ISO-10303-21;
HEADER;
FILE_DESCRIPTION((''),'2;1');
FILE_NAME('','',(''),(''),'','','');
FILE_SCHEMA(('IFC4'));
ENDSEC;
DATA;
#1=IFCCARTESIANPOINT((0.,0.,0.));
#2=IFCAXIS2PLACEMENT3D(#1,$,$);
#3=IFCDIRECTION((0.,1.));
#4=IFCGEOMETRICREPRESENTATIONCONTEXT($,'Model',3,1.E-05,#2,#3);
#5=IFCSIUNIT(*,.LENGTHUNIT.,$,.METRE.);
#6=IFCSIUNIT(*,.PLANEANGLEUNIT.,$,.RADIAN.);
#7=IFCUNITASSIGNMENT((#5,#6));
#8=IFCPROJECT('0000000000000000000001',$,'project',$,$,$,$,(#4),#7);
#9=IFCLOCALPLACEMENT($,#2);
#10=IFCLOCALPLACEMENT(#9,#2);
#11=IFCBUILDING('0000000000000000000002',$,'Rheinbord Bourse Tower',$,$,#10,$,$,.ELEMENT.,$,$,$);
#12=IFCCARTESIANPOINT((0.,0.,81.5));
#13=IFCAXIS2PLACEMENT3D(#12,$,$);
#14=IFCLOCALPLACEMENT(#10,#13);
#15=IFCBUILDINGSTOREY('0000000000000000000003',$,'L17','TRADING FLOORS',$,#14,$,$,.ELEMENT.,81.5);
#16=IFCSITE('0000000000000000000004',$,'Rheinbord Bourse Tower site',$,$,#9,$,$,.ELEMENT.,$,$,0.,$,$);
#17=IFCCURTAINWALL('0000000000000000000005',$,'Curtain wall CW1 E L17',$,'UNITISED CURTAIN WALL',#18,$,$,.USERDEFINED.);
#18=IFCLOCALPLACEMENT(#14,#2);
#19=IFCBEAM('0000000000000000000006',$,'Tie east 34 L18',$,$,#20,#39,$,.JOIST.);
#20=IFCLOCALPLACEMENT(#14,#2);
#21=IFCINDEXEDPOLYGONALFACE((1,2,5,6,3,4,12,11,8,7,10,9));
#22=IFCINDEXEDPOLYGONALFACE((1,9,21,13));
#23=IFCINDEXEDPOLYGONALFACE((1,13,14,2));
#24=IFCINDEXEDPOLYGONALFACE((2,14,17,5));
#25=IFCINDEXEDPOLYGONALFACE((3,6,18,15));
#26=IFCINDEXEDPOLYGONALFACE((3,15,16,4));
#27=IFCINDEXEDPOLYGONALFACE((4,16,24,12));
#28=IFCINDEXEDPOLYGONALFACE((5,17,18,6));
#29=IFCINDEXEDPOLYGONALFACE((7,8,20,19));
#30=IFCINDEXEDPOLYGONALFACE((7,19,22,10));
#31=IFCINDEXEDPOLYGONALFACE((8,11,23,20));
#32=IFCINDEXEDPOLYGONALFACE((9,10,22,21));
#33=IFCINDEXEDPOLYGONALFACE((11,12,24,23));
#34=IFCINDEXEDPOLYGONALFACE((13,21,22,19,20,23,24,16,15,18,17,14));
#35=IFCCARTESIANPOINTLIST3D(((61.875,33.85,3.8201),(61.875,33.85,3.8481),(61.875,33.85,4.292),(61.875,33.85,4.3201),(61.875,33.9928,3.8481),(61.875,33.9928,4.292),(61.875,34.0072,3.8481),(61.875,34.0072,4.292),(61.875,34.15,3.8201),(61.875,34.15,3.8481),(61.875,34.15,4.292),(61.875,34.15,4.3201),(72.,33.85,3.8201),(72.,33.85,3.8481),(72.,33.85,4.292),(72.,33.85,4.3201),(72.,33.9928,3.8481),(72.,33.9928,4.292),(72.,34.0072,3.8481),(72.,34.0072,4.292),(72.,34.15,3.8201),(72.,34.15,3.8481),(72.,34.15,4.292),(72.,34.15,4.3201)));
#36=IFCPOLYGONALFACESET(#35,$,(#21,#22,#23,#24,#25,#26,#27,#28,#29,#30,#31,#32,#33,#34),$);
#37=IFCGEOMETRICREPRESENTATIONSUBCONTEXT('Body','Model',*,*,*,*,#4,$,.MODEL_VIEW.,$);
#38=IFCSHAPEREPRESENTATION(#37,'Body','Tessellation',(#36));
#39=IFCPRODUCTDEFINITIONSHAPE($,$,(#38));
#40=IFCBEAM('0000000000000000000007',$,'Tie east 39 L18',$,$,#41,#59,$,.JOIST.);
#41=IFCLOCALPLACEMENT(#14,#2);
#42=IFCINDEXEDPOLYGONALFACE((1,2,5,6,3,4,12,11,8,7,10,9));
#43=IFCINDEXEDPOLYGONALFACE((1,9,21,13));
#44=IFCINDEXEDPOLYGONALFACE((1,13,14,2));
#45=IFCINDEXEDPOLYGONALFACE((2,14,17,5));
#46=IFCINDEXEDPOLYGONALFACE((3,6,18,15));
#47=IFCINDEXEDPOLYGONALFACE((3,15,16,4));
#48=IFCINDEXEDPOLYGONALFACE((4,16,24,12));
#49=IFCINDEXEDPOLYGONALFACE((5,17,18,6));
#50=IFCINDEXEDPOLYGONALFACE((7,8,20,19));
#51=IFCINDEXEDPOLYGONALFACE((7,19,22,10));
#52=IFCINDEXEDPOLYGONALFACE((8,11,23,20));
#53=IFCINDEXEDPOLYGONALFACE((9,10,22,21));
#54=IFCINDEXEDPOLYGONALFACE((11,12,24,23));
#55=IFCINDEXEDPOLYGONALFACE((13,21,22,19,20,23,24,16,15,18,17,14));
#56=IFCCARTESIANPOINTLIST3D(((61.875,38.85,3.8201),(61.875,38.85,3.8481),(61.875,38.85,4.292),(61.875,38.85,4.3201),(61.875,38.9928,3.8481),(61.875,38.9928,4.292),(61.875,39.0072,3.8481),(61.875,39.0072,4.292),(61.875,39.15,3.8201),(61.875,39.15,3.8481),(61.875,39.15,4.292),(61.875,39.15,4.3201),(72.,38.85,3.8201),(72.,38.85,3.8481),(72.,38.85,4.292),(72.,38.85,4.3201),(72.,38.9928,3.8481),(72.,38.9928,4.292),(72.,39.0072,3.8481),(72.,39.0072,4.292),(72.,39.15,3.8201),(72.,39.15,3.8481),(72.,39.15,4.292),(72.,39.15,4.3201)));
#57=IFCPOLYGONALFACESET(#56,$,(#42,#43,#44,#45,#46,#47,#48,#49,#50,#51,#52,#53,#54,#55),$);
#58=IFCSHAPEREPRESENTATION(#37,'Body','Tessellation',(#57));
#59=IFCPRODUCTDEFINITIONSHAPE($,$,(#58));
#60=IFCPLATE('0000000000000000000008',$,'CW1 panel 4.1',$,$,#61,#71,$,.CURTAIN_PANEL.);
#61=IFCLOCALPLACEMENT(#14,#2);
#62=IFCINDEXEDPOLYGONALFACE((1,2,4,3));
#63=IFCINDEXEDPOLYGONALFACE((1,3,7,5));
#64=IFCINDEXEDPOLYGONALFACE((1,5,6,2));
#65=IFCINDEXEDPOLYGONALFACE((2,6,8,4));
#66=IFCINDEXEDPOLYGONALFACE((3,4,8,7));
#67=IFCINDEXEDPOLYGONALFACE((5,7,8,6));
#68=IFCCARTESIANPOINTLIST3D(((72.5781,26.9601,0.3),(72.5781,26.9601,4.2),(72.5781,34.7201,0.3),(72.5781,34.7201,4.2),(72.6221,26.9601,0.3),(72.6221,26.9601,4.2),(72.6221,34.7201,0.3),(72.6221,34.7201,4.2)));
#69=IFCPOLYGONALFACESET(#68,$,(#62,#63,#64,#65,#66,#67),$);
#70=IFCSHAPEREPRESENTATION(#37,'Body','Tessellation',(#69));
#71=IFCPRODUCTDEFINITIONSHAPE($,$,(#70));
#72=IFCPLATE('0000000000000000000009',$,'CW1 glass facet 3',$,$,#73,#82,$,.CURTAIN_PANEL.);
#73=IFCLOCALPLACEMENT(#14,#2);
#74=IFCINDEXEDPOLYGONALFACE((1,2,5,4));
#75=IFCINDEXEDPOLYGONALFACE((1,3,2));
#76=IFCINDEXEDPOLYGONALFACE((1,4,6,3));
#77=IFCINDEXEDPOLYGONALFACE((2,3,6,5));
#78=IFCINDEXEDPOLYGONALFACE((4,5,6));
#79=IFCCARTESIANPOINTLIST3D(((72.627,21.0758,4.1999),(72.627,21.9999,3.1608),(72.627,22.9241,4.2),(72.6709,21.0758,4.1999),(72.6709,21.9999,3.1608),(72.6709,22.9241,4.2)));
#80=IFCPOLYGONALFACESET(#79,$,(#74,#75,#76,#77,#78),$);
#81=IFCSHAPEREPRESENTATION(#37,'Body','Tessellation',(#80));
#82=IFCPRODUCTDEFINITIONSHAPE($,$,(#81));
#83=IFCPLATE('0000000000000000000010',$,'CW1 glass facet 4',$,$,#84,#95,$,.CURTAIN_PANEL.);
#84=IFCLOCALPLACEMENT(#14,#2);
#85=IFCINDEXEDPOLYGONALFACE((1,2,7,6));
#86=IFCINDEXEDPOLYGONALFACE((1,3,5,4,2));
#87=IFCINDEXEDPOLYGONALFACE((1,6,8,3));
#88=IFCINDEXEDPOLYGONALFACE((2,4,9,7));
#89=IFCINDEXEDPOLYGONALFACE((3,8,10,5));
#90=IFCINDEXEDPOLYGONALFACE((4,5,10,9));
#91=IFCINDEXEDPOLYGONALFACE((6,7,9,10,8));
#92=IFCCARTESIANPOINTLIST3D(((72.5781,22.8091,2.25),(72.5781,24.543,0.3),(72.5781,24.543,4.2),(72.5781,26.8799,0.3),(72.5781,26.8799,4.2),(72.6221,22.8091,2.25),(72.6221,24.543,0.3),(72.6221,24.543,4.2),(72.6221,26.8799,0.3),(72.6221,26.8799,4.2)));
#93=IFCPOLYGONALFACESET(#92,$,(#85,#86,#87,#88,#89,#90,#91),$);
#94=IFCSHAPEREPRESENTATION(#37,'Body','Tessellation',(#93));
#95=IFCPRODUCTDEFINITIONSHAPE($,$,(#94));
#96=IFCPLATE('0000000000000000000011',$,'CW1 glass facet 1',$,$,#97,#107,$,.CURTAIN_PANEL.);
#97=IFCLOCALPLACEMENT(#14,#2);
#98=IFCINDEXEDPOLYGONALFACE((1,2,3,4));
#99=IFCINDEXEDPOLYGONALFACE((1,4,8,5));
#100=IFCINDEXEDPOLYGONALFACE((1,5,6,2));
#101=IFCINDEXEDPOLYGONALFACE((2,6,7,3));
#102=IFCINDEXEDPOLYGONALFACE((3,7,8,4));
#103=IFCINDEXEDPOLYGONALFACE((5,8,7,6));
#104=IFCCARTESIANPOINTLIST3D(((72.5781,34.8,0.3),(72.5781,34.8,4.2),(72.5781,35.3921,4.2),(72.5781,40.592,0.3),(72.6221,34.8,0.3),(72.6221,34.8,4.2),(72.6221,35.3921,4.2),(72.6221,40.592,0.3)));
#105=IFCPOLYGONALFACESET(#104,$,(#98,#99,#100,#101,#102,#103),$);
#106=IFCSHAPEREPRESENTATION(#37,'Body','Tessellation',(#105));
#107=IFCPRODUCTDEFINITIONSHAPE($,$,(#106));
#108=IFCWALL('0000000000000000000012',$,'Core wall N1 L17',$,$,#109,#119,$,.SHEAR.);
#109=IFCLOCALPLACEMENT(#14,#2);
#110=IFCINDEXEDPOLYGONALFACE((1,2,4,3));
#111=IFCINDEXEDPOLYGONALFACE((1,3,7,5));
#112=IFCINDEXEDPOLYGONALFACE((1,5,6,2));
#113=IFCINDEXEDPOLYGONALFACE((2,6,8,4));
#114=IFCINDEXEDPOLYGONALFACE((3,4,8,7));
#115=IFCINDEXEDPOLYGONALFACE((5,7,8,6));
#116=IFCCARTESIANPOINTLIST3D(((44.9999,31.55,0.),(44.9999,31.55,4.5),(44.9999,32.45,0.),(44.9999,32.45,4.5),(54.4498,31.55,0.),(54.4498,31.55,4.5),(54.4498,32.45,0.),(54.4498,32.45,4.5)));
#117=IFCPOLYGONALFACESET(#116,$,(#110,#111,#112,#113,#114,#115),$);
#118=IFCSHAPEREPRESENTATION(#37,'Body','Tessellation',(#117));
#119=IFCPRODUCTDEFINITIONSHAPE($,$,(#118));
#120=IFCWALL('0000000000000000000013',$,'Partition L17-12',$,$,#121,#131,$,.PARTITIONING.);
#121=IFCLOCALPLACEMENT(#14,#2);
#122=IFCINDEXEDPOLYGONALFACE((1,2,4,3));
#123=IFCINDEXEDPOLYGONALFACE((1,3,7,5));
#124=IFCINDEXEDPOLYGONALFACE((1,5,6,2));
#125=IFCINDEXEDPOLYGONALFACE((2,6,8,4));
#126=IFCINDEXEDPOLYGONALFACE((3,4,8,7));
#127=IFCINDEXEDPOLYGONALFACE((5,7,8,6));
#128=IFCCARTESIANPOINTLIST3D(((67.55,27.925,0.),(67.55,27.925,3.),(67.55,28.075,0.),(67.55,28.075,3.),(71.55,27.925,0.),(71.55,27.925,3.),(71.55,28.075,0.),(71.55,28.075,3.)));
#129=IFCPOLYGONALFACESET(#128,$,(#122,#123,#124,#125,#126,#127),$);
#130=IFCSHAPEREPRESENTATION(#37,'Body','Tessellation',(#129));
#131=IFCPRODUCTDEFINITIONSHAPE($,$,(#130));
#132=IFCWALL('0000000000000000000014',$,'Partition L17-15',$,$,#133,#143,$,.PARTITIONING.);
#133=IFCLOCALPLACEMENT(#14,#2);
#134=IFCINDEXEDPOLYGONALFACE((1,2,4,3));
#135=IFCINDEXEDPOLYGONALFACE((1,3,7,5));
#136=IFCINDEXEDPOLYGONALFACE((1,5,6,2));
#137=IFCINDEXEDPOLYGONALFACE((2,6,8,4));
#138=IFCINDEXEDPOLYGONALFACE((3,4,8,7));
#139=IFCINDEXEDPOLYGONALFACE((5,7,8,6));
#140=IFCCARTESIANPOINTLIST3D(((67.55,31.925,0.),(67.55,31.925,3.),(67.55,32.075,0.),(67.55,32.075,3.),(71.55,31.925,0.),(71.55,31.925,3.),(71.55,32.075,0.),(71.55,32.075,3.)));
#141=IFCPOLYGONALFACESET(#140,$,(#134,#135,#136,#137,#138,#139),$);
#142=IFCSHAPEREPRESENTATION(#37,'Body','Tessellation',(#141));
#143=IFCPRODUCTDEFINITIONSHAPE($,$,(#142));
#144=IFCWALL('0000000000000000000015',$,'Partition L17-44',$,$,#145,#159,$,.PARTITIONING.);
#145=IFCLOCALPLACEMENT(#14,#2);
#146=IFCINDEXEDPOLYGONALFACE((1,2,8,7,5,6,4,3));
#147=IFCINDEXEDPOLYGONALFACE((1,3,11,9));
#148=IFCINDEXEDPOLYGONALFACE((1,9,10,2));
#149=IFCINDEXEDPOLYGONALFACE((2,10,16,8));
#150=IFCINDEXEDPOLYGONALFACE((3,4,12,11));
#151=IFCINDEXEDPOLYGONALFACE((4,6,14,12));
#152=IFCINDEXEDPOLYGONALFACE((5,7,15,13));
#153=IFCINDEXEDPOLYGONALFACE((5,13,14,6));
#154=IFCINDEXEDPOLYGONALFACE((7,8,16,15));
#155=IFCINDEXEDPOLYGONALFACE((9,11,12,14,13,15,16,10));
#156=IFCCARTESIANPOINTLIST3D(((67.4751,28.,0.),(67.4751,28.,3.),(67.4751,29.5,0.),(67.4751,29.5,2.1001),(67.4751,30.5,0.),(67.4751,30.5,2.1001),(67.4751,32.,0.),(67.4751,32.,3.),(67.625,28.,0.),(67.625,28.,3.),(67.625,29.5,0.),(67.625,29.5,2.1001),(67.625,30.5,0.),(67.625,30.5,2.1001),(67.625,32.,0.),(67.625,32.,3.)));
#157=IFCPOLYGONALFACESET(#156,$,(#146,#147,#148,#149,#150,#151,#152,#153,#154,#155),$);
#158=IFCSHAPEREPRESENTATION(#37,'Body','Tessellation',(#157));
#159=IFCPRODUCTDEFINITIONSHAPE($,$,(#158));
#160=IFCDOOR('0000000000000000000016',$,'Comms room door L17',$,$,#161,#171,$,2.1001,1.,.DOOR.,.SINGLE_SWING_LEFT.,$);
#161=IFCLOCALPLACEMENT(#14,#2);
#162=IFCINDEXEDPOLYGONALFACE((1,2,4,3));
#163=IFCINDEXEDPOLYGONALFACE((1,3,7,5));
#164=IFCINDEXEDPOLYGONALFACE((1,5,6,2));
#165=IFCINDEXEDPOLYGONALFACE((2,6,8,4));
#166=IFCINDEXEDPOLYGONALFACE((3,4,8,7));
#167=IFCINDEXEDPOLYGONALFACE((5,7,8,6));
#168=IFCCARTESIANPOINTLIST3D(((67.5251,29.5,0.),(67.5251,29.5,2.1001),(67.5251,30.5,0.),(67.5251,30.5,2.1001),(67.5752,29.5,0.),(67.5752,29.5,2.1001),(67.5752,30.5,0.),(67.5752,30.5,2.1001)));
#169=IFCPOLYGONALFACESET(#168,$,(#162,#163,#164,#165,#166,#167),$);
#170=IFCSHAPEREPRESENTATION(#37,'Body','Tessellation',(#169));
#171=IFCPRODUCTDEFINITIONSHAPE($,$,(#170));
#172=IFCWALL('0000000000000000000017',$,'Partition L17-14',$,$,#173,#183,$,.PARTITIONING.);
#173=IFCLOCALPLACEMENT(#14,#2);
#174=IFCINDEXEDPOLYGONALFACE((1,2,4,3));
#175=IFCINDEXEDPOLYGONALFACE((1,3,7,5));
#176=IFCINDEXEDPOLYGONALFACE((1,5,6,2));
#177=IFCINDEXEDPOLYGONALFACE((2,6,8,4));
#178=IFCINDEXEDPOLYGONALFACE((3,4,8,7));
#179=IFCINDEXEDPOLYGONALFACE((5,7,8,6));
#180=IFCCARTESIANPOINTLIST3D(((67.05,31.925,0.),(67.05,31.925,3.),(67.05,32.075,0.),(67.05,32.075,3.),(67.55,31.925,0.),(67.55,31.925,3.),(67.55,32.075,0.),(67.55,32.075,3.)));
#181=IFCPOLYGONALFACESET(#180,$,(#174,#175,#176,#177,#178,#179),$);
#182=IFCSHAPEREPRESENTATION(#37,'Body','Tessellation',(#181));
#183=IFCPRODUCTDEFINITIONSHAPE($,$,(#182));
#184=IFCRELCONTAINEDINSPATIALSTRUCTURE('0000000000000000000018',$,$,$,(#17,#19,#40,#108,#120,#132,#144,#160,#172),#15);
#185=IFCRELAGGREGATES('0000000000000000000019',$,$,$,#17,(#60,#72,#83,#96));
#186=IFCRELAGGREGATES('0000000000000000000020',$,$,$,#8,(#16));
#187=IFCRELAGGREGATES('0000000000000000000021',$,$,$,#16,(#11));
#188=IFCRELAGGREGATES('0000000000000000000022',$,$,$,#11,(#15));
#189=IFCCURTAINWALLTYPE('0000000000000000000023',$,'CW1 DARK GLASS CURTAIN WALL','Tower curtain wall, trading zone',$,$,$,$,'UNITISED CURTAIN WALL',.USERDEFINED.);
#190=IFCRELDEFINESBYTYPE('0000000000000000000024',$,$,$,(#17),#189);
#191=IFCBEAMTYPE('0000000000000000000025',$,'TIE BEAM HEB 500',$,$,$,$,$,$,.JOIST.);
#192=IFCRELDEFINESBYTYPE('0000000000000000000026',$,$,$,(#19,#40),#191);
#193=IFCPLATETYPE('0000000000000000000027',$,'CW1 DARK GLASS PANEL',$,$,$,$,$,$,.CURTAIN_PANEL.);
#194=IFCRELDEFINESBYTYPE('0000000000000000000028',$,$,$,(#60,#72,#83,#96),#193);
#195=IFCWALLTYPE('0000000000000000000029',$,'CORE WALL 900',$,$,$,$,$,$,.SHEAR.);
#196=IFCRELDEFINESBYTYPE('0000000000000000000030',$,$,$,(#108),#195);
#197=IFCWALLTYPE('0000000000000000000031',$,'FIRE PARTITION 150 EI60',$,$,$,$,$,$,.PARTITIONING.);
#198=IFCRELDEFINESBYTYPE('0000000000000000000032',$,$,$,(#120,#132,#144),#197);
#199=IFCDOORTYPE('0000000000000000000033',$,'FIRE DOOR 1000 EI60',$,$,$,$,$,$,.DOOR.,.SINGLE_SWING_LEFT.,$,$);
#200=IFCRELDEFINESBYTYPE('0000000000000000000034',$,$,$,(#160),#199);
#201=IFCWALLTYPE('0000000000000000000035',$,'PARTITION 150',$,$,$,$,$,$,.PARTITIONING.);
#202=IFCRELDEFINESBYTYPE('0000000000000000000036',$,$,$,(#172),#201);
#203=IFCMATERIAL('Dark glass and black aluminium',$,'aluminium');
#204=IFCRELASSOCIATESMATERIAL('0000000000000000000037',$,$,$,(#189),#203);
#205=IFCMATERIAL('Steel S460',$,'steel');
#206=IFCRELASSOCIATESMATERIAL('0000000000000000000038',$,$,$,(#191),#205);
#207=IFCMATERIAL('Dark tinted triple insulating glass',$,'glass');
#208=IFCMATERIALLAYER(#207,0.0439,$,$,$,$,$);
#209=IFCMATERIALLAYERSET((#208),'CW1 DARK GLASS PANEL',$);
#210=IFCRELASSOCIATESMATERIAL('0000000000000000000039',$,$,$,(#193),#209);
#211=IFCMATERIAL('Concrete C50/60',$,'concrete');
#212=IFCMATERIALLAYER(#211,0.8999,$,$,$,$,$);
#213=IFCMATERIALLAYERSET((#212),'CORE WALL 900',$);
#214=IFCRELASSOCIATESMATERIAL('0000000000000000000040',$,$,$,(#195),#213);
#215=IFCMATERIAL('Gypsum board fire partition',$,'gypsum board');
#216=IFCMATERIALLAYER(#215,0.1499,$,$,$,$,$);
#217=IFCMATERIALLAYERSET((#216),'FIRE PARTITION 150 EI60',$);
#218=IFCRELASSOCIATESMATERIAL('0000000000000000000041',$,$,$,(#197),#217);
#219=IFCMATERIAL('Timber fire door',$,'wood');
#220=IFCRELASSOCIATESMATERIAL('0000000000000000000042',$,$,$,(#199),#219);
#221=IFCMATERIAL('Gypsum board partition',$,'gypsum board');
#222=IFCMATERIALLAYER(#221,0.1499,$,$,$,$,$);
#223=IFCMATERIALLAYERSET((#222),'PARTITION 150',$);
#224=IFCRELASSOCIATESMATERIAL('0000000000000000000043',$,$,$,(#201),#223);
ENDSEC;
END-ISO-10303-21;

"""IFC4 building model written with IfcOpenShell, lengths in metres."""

from ifc_helpers import new_model, si_unit, direction, frame, frame_2d, origin, origin_2d, place, context, subcontext, project, spatial, polyline, rectangle, i_section, outline, extrude, material, layer, layer_set, material_profile, profile_set, type_object, element, fill, aggregate, save


model = new_model("IFC4")

# Units and contexts
model_context = context("Model", 3, precision=1e-05, world=origin(), true_north=direction((0.0, 1.0)))
body_context = subcontext(model_context, "Body", "Model", "MODEL_VIEW")
ifc_project = project(units=[si_unit("LENGTHUNIT", "METRE"), si_unit("PLANEANGLEUNIT", "RADIAN")], contexts=[model_context])

# Site, building, storey
site_placement = place(None, origin())
site = spatial("IfcSite", under=ifc_project, at=site_placement, Name="Rheinbord Bourse Tower site", CompositionType="ELEMENT", RefElevation=0.0)
building_placement = place(site_placement, origin())
building = spatial("IfcBuilding", under=site, at=building_placement, Name="Rheinbord Bourse Tower", CompositionType="ELEMENT")
storey_placement = place(building_placement, frame((0.0, 0.0, 81.5)))
storey = spatial("IfcBuildingStorey", under=building, at=storey_placement, Name="L17", Description="TRADING FLOORS", CompositionType="ELEMENT", Elevation=81.5)

# Curtain wall
ifc_material_1 = material(Name="Dark glass and black aluminium", Category="aluminium")
curtain_wall_type = type_object("IfcCurtainWallType", Name="CW1 DARK GLASS CURTAIN WALL", Description="Tower curtain wall, trading zone", ElementType="UNITISED CURTAIN WALL", PredefinedType="USERDEFINED", material=ifc_material_1)
curtain_wall_placement = place(storey_placement, origin())
curtain_wall = element("IfcCurtainWall", 1, at=curtain_wall_placement, inside=storey, type_object=curtain_wall_type, Name="Curtain wall CW1 E L17", ObjectType="UNITISED CURTAIN WALL", PredefinedType="USERDEFINED")

# Beams
ifc_material_2 = material(Name="Steel S460", Category="steel")
ifc_material_profile_1 = material_profile(ifc_material_2, i_section(OverallWidth=0.3, OverallDepth=0.5, WebThickness=0.0144, FlangeThickness=0.0281, at=origin_2d()), Name="HEB 500")
ifc_profile_set_1 = profile_set([ifc_material_profile_1], Name="Steel S460")
beam_type_1 = type_object("IfcBeamType", Name="TIE BEAM HEB 500", PredefinedType="JOIST", material=ifc_profile_set_1)
for number, where, z_axis, x_axis, name in (
    (2, (61.875, 34.0, 4.0701), (1.0, 0.0, 0.0), (0.0, 1.0, 0.0), "Tie east 34 L18"),
    (3, (61.875, 39.0, 4.0701), (1.0, 0.0, 0.0), (0.0, 1.0, 0.0), "Tie east 39 L18"),
):
    element("IfcBeam", number, at=place(storey_placement, frame(where, z_axis=z_axis, x_axis=x_axis)), inside=storey, type_object=beam_type_1, Name=name, PredefinedType="JOIST", context=body_context, shape_type="SweptSolid", body=[
        extrude(i_section(OverallWidth=0.3, OverallDepth=0.5, WebThickness=0.0144, FlangeThickness=0.0281, at=origin_2d()), origin(), (0.0, 0.0, 1.0), 10.125),
    ])

# Plates
ifc_material_3 = material(Name="Dark tinted triple insulating glass", Category="glass")
ifc_layer_1 = layer(ifc_material_3, 0.0439)
ifc_layer_set_1 = layer_set([ifc_layer_1], Name="CW1 DARK GLASS PANEL")
plate_type = type_object("IfcPlateType", Name="CW1 DARK GLASS PANEL", PredefinedType="CURTAIN_PANEL", material=ifc_layer_set_1)
plate_1_placement = place(storey_placement, frame((72.6001, 30.8401, 0.3), z_axis=(0.0, 0.0, 1.0), x_axis=(0.0, 1.0, 0.0)))
plate_1 = element("IfcPlate", 4, at=plate_1_placement, type_object=plate_type, Name="CW1 panel 4.1", PredefinedType="CURTAIN_PANEL", context=body_context, shape_type="SweptSolid", body=[
    extrude(rectangle(XDim=7.76, YDim=0.0439, at=origin_2d()), origin(), (0.0, 0.0, 1.0), 3.8999),
])
plate_2_placement = place(storey_placement, frame((72.6709, 22.9241, 4.2), z_axis=(-1.0, 0.0, 0.0), x_axis=(0.0, -0.664549, -0.747245)))
plate_2 = element("IfcPlate", 5, at=plate_2_placement, type_object=plate_type, Name="CW1 glass facet 3", PredefinedType="CURTAIN_PANEL", context=body_context, shape_type="SweptSolid", body=[
    extrude(outline(polyline([(0.0, 0.0), (1.3906, 0.0), (1.2283, 1.3811), (0.0, 0.0)])), origin(), (0.0, 0.0, 1.0), 0.0439),
])
plate_3_placement = place(storey_placement, frame((72.6221, 26.8799, 4.2), z_axis=(-1.0, 0.0, 0.0), x_axis=(0.0, 0.0, -1.0)))
plate_3 = element("IfcPlate", 6, at=plate_3_placement, type_object=plate_type, Name="CW1 glass facet 4", PredefinedType="CURTAIN_PANEL", context=body_context, shape_type="SweptSolid", body=[
    extrude(outline(polyline([(0.0, 0.0), (3.8999, 0.0), (3.8999, 2.3369), (1.95, 4.0708), (0.0, 2.3369), (0.0, 0.0)])), origin(), (0.0, 0.0, 1.0), 0.0439),
])
plate_4_placement = place(storey_placement, frame((72.6221, 34.8, 0.3), z_axis=(-1.0, 0.0, 0.0), x_axis=(0.0, 0.0, 1.0)))
plate_4 = element("IfcPlate", 7, at=plate_4_placement, type_object=plate_type, Name="CW1 glass facet 1", PredefinedType="CURTAIN_PANEL", context=body_context, shape_type="SweptSolid", body=[
    extrude(outline(polyline([(0.0, 0.0), (3.8999, 0.0), (3.8999, 0.592), (0.0, 5.792), (0.0, 0.0)])), origin(), (0.0, 0.0, 1.0), 0.0439),
])
aggregate(curtain_wall, [plate_1, plate_2, plate_3, plate_4])

# Walls
ifc_material_4 = material(Name="Concrete C50/60", Category="concrete")
ifc_layer_2 = layer(ifc_material_4, 0.8999)
ifc_layer_set_2 = layer_set([ifc_layer_2], Name="CORE WALL 900")
wall_type_1 = type_object("IfcWallType", Name="CORE WALL 900", PredefinedType="SHEAR", material=ifc_layer_set_2)
wall_1_placement = place(storey_placement, frame((54.45, 32.0, 0.0), z_axis=(0.0, 0.0, 1.0), x_axis=(-1.0, 0.0, 0.0)))
element("IfcWall", 8, at=wall_1_placement, inside=storey, type_object=wall_type_1, Name="Core wall N1 L17", PredefinedType="SHEAR", context=body_context, shape_type="SweptSolid", body=[
    extrude(rectangle(XDim=9.45, YDim=0.8999, at=frame_2d((4.7251, 0.0))), origin(), (0.0, 0.0, 1.0), 4.5),
])
ifc_material_5 = material(Name="Gypsum board fire partition", Category="gypsum board")
ifc_layer_3 = layer(ifc_material_5, 0.1499)
ifc_layer_set_3 = layer_set([ifc_layer_3], Name="FIRE PARTITION 150 EI60")
wall_type_2 = type_object("IfcWallType", Name="FIRE PARTITION 150 EI60", PredefinedType="PARTITIONING", material=ifc_layer_set_3)
for number, where, z_axis, x_axis, name in (
    (9, (67.55, 28.0, 0.0), (0.0, 0.0, 1.0), (1.0, 0.0, 0.0), "Partition L17-12"),
    (10, (67.55, 32.0, 0.0), (0.0, 0.0, 1.0), (1.0, 0.0, 0.0), "Partition L17-15"),
):
    element("IfcWall", number, at=place(storey_placement, frame(where, z_axis=z_axis, x_axis=x_axis)), inside=storey, type_object=wall_type_2, Name=name, PredefinedType="PARTITIONING", context=body_context, shape_type="SweptSolid", body=[
        extrude(rectangle(XDim=4.0, YDim=0.1499, at=frame_2d((2.0, 0.0))), origin(), (0.0, 0.0, 1.0), 3.0),
    ])

# Wall, opening, door
wall_2_placement = place(storey_placement, frame((67.55, 28.0, 0.0), z_axis=(0.0, 0.0, 1.0), x_axis=(0.0, 1.0, 0.0)))
wall_2 = element("IfcWall", 11, at=wall_2_placement, inside=storey, type_object=wall_type_2, Name="Partition L17-44", PredefinedType="PARTITIONING", context=body_context, shape_type="SweptSolid", body=[
    extrude(rectangle(XDim=4.0, YDim=0.1499, at=frame_2d((2.0, 0.0))), origin(), (0.0, 0.0, 1.0), 3.0),
])
opening_1_placement = place(wall_2_placement, frame((1.5, 0.0, 0.0)))
opening_1 = element("IfcOpeningElement", 12, at=opening_1_placement, cuts=wall_2, PredefinedType="OPENING", context=body_context, shape_type="SweptSolid", body=[
    extrude(rectangle(XDim=1.0, YDim=2.1001, at=frame_2d((0.5, 1.05))), frame((0.0, 0.085, 0.0), z_axis=(0.0, -1.0, 0.0), x_axis=(1.0, 0.0, 0.0)), (0.0, 0.0, 1.0), 0.1699),
])
ifc_material_6 = material(Name="Timber fire door", Category="wood")
door_type_1 = type_object("IfcDoorType", Name="FIRE DOOR 1000 EI60", OperationType="SINGLE_SWING_LEFT", PredefinedType="DOOR", material=ifc_material_6)
door_1_placement = place(opening_1_placement, origin())
door_1 = element("IfcDoor", 13, at=door_1_placement, inside=storey, type_object=door_type_1, Name="Comms room door L17", OperationType="SINGLE_SWING_LEFT", OverallHeight=2.1001, OverallWidth=1.0, PredefinedType="DOOR", context=body_context, shape_type="SweptSolid", body=[
    extrude(rectangle(XDim=1.0, YDim=2.1001, at=frame_2d((0.5, 1.05))), frame((0.0, 0.0249, 0.0), z_axis=(0.0, -1.0, 0.0), x_axis=(1.0, 0.0, 0.0)), (0.0, 0.0, 1.0), 0.05),
])
fill(opening_1, door_1)

# Wall
ifc_material_7 = material(Name="Gypsum board partition", Category="gypsum board")
ifc_layer_4 = layer(ifc_material_7, 0.1499)
ifc_layer_set_4 = layer_set([ifc_layer_4], Name="PARTITION 150")
wall_type_3 = type_object("IfcWallType", Name="PARTITION 150", PredefinedType="PARTITIONING", material=ifc_layer_set_4)
wall_3_placement = place(storey_placement, frame((67.05, 32.0, 0.0), z_axis=(0.0, 0.0, 1.0), x_axis=(1.0, 0.0, 0.0)))
element("IfcWall", 14, at=wall_3_placement, inside=storey, type_object=wall_type_3, Name="Partition L17-14", PredefinedType="PARTITIONING", context=body_context, shape_type="SweptSolid", body=[
    extrude(rectangle(XDim=0.5, YDim=0.1499, at=frame_2d((0.25, 0.0))), origin(), (0.0, 0.0, 1.0), 3.0),
])

save(model, "model.ifc")
